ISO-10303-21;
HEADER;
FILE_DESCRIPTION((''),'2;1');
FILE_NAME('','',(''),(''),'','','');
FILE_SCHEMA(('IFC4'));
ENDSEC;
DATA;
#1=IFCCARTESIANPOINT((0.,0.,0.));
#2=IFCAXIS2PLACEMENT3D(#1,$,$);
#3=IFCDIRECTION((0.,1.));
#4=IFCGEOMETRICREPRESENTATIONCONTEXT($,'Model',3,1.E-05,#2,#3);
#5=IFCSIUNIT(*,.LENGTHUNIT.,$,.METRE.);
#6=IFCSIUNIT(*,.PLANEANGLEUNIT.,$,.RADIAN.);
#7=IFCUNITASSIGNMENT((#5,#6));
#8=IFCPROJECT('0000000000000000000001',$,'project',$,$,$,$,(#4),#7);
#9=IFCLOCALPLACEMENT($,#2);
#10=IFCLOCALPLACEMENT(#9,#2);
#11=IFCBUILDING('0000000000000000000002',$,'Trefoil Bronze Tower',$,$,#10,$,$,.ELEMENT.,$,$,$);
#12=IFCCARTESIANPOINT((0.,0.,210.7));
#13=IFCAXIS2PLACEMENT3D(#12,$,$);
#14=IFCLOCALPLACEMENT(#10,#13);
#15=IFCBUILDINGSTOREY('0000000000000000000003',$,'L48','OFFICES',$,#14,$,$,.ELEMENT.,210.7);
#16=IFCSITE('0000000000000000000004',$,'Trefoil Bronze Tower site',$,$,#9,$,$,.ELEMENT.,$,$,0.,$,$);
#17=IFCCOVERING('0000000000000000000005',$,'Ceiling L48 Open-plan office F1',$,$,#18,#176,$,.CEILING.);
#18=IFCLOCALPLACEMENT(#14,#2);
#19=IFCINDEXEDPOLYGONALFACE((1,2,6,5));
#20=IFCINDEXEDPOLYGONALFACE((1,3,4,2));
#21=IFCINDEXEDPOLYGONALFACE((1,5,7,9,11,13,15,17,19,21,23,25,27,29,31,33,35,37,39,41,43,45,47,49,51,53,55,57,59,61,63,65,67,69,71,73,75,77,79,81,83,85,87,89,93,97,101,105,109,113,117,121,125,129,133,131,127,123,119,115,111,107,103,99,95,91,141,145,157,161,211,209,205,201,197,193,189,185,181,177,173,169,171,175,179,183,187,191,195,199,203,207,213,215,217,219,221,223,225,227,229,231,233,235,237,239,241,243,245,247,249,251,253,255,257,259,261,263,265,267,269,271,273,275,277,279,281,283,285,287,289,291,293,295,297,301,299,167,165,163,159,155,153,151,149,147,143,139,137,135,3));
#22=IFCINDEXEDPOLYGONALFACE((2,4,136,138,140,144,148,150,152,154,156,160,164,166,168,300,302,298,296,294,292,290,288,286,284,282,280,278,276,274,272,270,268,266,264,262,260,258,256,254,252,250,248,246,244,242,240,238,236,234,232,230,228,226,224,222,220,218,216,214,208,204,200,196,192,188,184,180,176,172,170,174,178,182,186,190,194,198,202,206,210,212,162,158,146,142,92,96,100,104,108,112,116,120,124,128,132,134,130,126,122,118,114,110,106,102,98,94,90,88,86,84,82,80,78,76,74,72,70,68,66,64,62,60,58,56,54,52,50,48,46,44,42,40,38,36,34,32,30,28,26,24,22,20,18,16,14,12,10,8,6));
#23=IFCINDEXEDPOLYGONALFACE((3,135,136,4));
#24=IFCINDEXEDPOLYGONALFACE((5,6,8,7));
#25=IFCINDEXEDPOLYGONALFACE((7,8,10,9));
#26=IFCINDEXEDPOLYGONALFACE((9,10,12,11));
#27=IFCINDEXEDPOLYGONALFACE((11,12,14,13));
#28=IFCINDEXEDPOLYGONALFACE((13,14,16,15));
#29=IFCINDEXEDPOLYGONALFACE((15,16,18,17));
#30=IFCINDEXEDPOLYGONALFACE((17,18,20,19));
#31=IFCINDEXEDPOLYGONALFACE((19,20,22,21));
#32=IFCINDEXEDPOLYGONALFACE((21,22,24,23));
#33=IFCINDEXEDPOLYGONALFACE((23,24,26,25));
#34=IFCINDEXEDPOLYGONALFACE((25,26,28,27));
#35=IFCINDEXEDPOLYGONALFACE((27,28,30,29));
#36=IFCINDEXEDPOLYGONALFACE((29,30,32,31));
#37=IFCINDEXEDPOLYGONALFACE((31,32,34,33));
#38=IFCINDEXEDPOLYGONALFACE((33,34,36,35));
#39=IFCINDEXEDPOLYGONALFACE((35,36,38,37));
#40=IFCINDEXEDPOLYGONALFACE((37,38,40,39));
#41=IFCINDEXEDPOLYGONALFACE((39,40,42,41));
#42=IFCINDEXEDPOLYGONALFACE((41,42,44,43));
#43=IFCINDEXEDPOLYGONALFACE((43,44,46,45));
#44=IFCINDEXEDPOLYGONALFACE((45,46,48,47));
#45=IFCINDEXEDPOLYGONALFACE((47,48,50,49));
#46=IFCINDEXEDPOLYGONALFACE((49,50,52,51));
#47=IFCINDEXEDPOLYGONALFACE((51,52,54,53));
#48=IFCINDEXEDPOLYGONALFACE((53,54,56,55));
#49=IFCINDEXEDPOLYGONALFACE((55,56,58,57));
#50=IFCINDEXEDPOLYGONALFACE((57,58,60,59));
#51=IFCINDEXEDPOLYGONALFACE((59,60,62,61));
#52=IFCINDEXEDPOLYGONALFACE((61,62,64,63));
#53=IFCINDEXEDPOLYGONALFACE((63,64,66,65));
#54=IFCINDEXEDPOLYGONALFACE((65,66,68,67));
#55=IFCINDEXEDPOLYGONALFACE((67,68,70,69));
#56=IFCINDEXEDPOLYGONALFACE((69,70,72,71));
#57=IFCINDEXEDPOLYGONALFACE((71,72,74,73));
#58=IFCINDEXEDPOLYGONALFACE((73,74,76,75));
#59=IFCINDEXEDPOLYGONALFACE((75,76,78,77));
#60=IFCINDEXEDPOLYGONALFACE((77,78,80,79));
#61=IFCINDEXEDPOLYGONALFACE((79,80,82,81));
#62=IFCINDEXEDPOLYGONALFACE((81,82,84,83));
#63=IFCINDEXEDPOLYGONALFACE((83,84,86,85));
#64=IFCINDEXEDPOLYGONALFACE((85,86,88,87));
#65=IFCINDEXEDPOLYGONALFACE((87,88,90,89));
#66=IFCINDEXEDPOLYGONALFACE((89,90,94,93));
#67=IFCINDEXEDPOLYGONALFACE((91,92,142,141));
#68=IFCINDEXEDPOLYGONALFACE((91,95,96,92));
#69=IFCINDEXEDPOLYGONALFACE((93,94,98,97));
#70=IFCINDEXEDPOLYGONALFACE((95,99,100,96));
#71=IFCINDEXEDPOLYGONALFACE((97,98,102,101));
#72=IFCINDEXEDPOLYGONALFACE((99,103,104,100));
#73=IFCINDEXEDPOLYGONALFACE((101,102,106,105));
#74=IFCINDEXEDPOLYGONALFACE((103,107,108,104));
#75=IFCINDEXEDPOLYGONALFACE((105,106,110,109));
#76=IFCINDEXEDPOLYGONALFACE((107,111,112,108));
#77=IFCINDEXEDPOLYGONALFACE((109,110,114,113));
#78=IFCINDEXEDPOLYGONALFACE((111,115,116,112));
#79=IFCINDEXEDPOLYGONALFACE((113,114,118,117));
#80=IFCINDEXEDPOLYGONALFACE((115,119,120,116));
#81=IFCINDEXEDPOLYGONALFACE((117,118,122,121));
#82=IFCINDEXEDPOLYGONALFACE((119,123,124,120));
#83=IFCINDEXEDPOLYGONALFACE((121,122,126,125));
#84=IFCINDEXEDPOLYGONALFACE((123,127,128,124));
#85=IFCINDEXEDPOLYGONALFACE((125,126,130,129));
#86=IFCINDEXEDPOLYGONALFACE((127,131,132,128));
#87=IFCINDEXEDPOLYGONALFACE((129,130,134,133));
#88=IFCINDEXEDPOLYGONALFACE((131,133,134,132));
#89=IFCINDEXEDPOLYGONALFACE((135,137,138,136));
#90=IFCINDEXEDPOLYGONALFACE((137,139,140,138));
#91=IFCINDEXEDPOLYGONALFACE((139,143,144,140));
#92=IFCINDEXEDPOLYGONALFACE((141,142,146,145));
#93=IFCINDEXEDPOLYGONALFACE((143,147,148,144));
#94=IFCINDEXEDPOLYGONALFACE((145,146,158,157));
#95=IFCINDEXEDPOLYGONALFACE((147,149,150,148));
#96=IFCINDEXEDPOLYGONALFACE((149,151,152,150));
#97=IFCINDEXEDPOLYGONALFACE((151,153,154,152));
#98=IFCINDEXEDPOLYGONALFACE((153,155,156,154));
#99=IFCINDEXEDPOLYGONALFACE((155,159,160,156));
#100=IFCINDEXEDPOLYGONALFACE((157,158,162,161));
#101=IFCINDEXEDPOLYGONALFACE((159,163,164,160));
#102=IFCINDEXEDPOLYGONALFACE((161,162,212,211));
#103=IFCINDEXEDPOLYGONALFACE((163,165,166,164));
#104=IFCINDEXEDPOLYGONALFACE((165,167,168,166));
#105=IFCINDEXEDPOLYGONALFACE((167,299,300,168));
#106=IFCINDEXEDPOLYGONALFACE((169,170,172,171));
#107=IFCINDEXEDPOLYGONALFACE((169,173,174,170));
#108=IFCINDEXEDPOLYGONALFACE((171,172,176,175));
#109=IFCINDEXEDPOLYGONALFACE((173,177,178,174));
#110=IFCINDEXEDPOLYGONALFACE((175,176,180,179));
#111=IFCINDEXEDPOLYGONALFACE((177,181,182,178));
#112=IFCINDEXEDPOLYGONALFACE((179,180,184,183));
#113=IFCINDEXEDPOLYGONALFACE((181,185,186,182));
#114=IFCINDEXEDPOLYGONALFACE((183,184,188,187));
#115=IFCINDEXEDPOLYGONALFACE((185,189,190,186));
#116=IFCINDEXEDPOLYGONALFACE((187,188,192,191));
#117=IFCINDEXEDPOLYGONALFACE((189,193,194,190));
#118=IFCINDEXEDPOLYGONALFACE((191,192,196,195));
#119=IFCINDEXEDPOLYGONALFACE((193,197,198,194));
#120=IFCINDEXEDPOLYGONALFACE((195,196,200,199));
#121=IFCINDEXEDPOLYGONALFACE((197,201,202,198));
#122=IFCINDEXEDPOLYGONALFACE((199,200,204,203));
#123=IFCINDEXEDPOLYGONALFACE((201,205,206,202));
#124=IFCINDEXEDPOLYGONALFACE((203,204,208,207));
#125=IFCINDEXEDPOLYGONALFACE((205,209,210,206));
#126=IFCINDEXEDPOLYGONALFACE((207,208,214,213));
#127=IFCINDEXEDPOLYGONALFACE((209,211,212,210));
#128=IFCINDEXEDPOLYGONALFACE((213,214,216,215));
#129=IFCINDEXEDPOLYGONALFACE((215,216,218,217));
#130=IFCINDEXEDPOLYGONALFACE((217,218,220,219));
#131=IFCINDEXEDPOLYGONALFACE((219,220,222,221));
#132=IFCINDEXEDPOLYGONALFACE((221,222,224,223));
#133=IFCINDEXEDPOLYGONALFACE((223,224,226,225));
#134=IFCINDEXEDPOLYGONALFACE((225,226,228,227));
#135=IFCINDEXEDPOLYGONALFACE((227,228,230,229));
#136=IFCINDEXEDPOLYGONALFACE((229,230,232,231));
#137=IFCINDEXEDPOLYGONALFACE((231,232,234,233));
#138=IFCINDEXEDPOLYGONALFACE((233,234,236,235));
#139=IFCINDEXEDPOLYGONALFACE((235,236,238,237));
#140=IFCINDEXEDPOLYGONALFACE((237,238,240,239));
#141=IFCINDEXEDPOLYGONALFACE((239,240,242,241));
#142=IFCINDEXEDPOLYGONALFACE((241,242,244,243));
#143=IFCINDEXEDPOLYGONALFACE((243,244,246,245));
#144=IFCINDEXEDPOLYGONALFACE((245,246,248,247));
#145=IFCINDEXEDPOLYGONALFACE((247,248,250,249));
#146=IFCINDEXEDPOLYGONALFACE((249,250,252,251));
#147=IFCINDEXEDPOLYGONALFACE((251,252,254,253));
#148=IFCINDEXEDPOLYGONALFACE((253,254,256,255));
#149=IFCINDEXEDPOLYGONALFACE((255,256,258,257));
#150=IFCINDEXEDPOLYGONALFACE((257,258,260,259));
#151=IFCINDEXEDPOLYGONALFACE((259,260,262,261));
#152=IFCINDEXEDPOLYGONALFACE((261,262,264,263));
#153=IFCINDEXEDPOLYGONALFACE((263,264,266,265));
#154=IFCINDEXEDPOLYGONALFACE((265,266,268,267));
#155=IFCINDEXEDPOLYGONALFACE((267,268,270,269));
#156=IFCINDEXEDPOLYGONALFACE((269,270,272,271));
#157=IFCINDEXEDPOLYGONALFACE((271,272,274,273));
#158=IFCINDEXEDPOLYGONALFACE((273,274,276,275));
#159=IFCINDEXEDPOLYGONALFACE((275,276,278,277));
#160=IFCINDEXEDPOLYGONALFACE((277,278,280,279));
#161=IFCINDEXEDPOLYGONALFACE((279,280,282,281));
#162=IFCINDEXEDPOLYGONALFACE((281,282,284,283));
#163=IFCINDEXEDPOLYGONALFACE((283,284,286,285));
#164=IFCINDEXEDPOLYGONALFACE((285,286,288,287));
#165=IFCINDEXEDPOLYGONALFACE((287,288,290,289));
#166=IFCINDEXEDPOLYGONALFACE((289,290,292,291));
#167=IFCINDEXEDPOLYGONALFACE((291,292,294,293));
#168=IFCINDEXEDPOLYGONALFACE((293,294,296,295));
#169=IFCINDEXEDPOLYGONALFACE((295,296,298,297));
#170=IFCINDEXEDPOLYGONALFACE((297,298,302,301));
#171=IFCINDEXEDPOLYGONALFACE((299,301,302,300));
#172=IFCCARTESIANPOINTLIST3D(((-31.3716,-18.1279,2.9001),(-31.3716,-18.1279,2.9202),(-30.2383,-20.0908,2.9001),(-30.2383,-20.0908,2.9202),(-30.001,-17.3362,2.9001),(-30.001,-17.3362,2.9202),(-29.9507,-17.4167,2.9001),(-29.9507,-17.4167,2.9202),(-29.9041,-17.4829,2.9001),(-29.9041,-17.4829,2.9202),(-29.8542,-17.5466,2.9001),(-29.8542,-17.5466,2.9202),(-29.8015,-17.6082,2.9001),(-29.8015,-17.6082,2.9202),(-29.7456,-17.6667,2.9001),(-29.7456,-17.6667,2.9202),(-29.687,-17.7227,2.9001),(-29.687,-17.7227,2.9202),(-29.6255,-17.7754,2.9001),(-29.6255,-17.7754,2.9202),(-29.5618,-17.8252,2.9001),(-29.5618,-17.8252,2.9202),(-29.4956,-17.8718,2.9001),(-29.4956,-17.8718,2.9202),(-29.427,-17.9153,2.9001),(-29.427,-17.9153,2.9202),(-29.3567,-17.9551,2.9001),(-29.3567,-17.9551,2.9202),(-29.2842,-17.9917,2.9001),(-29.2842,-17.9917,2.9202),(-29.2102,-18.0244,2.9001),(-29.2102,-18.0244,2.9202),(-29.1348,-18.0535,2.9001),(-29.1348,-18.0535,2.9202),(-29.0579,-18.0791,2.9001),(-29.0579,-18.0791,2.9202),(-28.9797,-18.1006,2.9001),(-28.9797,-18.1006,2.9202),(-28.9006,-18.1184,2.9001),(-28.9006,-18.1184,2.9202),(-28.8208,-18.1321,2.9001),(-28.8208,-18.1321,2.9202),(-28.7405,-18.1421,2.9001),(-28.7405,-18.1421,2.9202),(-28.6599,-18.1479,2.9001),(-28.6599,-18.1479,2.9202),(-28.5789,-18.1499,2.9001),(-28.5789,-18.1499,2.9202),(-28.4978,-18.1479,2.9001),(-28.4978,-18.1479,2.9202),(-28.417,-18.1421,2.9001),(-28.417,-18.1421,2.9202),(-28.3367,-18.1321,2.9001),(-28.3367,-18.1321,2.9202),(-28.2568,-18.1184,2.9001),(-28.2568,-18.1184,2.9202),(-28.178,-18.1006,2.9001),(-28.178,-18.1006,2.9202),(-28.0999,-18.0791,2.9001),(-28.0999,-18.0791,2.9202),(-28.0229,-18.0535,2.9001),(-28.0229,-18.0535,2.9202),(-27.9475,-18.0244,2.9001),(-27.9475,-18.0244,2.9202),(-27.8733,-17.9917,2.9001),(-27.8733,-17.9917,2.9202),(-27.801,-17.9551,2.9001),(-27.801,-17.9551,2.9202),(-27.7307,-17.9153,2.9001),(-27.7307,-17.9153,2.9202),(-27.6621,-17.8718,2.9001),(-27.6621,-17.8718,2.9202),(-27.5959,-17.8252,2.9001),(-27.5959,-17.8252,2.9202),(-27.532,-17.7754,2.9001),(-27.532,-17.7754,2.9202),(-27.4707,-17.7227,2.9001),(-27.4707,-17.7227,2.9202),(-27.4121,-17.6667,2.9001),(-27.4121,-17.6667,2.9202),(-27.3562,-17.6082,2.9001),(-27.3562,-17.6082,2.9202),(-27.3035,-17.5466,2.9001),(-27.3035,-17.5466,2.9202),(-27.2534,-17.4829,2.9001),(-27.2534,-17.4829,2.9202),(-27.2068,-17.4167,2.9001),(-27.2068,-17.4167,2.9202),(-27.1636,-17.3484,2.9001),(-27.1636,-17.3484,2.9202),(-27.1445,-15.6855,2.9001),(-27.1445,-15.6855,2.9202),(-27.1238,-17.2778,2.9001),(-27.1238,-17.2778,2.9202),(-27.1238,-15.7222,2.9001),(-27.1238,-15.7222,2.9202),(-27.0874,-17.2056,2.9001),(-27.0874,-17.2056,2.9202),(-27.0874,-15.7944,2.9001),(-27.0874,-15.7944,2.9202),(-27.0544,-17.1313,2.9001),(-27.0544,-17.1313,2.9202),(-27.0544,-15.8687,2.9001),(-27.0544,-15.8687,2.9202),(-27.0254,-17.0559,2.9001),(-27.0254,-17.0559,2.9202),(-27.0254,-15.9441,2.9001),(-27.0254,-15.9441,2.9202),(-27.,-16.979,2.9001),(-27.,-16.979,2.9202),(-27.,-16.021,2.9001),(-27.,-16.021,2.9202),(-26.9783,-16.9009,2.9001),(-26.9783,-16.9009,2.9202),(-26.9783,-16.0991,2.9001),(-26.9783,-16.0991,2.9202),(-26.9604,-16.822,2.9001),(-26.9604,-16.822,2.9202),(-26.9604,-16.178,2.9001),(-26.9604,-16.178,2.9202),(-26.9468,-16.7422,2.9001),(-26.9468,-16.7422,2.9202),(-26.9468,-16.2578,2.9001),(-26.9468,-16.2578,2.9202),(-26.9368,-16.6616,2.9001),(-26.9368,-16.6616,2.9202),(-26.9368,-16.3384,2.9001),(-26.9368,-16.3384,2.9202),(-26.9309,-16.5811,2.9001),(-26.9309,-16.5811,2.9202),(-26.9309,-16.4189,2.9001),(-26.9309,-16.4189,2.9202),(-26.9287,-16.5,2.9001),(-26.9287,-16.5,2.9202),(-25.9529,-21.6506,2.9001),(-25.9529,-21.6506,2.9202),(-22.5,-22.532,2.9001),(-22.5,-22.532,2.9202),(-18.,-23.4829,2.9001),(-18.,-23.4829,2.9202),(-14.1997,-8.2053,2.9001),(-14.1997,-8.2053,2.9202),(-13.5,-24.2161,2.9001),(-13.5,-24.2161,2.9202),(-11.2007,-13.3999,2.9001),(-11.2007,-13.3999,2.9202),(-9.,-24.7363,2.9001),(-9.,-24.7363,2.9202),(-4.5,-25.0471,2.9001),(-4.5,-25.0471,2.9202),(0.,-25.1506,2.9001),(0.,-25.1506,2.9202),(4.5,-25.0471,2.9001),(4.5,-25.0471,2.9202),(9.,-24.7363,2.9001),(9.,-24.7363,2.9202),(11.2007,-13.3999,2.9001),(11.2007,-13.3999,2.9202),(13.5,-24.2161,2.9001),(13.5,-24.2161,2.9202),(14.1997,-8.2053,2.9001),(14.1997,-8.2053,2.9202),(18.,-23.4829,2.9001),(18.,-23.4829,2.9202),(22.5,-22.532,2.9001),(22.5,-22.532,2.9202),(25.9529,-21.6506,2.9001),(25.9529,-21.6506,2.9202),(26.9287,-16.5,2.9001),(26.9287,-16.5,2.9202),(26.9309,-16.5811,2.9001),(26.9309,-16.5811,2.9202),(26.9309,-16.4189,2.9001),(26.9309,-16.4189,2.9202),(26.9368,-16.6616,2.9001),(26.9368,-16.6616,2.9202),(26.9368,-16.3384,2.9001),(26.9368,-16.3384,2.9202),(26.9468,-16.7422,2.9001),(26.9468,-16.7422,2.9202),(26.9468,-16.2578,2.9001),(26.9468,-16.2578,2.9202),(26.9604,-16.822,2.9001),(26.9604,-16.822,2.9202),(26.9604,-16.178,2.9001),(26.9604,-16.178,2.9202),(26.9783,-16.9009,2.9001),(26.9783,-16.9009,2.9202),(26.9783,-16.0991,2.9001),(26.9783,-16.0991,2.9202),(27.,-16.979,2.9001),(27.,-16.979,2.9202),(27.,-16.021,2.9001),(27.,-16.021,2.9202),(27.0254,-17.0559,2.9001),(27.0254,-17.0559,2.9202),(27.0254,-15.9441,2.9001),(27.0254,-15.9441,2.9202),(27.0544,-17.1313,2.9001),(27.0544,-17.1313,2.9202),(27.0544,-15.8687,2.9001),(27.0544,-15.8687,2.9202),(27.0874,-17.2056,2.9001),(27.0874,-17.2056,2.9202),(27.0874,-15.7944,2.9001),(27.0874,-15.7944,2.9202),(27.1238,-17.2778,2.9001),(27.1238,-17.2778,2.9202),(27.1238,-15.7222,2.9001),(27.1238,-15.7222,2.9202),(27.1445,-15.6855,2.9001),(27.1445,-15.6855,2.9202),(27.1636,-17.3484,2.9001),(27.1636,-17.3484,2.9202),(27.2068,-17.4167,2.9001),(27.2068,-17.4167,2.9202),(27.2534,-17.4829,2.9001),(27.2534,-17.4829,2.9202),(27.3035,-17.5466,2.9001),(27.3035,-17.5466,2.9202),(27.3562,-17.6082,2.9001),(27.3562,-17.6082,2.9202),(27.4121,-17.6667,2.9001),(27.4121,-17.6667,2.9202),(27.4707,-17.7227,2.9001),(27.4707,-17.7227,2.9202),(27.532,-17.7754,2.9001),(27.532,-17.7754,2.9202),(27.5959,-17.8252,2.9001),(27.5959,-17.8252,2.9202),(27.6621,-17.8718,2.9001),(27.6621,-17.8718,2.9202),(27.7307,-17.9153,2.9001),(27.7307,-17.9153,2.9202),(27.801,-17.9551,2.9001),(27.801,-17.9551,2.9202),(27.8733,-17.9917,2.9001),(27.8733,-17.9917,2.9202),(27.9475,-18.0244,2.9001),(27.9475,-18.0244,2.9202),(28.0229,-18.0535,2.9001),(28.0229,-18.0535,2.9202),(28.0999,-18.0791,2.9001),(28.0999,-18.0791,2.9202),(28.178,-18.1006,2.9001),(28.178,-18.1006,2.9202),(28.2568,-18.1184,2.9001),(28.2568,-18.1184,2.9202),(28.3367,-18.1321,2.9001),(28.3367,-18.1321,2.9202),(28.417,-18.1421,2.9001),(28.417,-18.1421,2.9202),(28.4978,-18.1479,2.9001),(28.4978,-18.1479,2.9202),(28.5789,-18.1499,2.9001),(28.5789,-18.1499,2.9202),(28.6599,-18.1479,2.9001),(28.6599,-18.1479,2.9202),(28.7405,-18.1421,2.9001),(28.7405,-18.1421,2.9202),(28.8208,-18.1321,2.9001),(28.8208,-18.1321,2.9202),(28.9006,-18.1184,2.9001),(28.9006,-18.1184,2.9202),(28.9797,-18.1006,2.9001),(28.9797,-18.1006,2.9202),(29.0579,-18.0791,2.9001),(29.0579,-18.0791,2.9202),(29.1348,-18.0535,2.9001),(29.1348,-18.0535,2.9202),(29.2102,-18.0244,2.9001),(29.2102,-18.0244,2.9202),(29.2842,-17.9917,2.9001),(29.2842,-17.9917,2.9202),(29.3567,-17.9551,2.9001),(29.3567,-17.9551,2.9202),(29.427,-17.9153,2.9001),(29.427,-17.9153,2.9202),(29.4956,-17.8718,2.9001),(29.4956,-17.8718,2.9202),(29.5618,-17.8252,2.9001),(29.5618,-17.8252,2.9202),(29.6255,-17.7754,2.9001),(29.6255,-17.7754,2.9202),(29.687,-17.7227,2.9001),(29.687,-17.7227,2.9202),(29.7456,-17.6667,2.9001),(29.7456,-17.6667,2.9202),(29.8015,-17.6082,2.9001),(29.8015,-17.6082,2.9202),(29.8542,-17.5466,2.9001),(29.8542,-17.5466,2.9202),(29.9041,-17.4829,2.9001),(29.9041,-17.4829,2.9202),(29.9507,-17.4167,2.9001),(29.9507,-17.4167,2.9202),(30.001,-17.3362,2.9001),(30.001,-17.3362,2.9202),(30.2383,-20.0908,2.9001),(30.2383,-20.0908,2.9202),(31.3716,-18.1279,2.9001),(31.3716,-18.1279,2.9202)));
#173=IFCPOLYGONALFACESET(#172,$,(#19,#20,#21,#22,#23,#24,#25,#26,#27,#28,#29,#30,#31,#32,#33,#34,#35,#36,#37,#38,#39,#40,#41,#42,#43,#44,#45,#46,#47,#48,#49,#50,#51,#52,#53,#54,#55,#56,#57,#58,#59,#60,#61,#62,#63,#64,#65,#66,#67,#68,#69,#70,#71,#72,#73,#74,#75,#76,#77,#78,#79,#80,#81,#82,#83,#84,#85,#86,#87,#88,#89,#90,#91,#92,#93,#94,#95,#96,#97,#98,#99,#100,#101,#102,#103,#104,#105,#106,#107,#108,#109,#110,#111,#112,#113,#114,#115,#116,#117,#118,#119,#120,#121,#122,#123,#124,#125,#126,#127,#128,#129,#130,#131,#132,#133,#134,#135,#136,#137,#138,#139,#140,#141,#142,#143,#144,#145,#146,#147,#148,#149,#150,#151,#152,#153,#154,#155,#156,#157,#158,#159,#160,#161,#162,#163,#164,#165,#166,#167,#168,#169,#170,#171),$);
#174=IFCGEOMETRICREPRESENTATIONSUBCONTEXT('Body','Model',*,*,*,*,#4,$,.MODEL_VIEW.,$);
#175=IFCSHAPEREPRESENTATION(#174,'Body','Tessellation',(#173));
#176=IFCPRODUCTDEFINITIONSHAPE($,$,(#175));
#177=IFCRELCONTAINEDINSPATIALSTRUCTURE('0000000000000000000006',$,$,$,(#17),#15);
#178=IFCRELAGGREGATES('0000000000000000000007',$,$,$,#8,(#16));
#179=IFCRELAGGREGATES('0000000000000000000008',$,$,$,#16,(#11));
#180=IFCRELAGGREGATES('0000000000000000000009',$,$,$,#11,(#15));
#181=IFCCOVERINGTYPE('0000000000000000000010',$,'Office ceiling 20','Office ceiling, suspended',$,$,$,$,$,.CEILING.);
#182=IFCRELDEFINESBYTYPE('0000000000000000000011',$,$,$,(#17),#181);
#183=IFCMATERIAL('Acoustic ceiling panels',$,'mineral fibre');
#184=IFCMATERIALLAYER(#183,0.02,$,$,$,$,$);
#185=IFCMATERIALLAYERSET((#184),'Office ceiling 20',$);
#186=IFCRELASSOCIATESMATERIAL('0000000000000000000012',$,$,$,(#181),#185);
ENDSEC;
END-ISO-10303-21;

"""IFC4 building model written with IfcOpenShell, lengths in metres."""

from ifc_helpers import new_model, si_unit, direction, frame, origin, place, context, subcontext, project, spatial, polyline, outline, extrude, material, layer, layer_set, type_object, element, save


model = new_model("IFC4")

# Units and contexts
model_context = context("Model", 3, precision=1e-05, world=origin(), true_north=direction((0.0, 1.0)))
body_context = subcontext(model_context, "Body", "Model", "MODEL_VIEW")
ifc_project = project(units=[si_unit("LENGTHUNIT", "METRE"), si_unit("PLANEANGLEUNIT", "RADIAN")], contexts=[model_context])

# Site, building, storey
site_placement = place(None, origin())
site = spatial("IfcSite", under=ifc_project, at=site_placement, Name="Trefoil Bronze Tower site", CompositionType="ELEMENT", RefElevation=0.0)
building_placement = place(site_placement, origin())
building = spatial("IfcBuilding", under=site, at=building_placement, Name="Trefoil Bronze Tower", CompositionType="ELEMENT")
storey_placement = place(building_placement, frame((0.0, 0.0, 210.7)))
storey = spatial("IfcBuildingStorey", under=building, at=storey_placement, Name="L48", Description="OFFICES", CompositionType="ELEMENT", Elevation=210.7)

# Covering
ifc_material_1 = material(Name="Acoustic ceiling panels", Category="mineral fibre")
ifc_layer_1 = layer(ifc_material_1, 0.02)
ifc_layer_set_1 = layer_set([ifc_layer_1], Name="Office ceiling 20")
covering_type_1 = type_object("IfcCoveringType", Name="Office ceiling 20", Description="Office ceiling, suspended", PredefinedType="CEILING", material=ifc_layer_set_1)
covering_1_placement = place(storey_placement, frame((0.0, 0.0, 2.9001)))
element("IfcCovering", 1, at=covering_1_placement, inside=storey, type_object=covering_type_1, Name="Ceiling L48 Open-plan office F1", PredefinedType="CEILING", context=body_context, shape_type="SweptSolid", body=[
    extrude(outline(polyline([(-29.9507, -17.4167), (-29.9041, -17.4829), (-29.8542, -17.5466), (-29.8015, -17.6082), (-29.7456, -17.6667), (-29.687, -17.7227), (-29.6255, -17.7754), (-29.5618, -17.8252), (-29.4956, -17.8718), (-29.427, -17.9153), (-29.3567, -17.9551), (-29.2842, -17.9917), (-29.2102, -18.0244), (-29.1348, -18.0535), (-29.0579, -18.0791), (-28.9797, -18.1006), (-28.9006, -18.1184), (-28.8208, -18.1321), (-28.7405, -18.1421), (-28.6599, -18.1479), (-28.5789, -18.1499), (-28.4978, -18.1479), (-28.417, -18.1421), (-28.3367, -18.1321), (-28.2568, -18.1184), (-28.178, -18.1006), (-28.0999, -18.0791), (-28.0229, -18.0535), (-27.9475, -18.0244), (-27.8733, -17.9917), (-27.801, -17.9551), (-27.7307, -17.9153), (-27.6621, -17.8718), (-27.5959, -17.8252), (-27.532, -17.7754), (-27.4707, -17.7227), (-27.4121, -17.6667), (-27.3562, -17.6082), (-27.3035, -17.5466), (-27.2534, -17.4829), (-27.2068, -17.4167), (-27.1636, -17.3484), (-27.1238, -17.2778), (-27.0874, -17.2056), (-27.0544, -17.1313), (-27.0254, -17.0559), (-27.0, -16.979), (-26.9783, -16.9009), (-26.9604, -16.822), (-26.9468, -16.7422), (-26.9368, -16.6616), (-26.9309, -16.5811), (-26.9287, -16.5), (-26.9309, -16.4189), (-26.9368, -16.3384), (-26.9468, -16.2578), (-26.9604, -16.178), (-26.9783, -16.0991), (-27.0, -16.021), (-27.0254, -15.9441), (-27.0544, -15.8687), (-27.0874, -15.7944), (-27.1238, -15.7222), (-27.1445, -15.6855), (-14.1997, -8.2053), (-11.2007, -13.3999), (11.2007, -13.3999), (14.1997, -8.2053), (27.1445, -15.6855), (27.1238, -15.7222), (27.0874, -15.7944), (27.0544, -15.8687), (27.0254, -15.9441), (27.0, -16.021), (26.9783, -16.0991), (26.9604, -16.178), (26.9468, -16.2578), (26.9368, -16.3384), (26.9309, -16.4189), (26.9287, -16.5), (26.9309, -16.5811), (26.9368, -16.6616), (26.9468, -16.7422), (26.9604, -16.822), (26.9783, -16.9009), (27.0, -16.979), (27.0254, -17.0559), (27.0544, -17.1313), (27.0874, -17.2056), (27.1238, -17.2778), (27.1636, -17.3484), (27.2068, -17.4167), (27.2534, -17.4829), (27.3035, -17.5466), (27.3562, -17.6082), (27.4121, -17.6667), (27.4707, -17.7227), (27.532, -17.7754), (27.5959, -17.8252), (27.6621, -17.8718), (27.7307, -17.9153), (27.801, -17.9551), (27.8733, -17.9917), (27.9475, -18.0244), (28.0229, -18.0535), (28.0999, -18.0791), (28.178, -18.1006), (28.2568, -18.1184), (28.3367, -18.1321), (28.417, -18.1421), (28.4978, -18.1479), (28.5789, -18.1499), (28.6599, -18.1479), (28.7405, -18.1421), (28.8208, -18.1321), (28.9006, -18.1184), (28.9797, -18.1006), (29.0579, -18.0791), (29.1348, -18.0535), (29.2102, -18.0244), (29.2842, -17.9917), (29.3567, -17.9551), (29.427, -17.9153), (29.4956, -17.8718), (29.5618, -17.8252), (29.6255, -17.7754), (29.687, -17.7227), (29.7456, -17.6667), (29.8015, -17.6082), (29.8542, -17.5466), (29.9041, -17.4829), (29.9507, -17.4167), (30.001, -17.3362), (31.3716, -18.1279), (30.2383, -20.0908), (25.9529, -21.6506), (22.5, -22.532), (18.0, -23.4829), (13.5, -24.2161), (9.0, -24.7363), (4.5, -25.0471), (0.0, -25.1506), (-4.5, -25.0471), (-9.0, -24.7363), (-13.5, -24.2161), (-18.0, -23.4829), (-22.5, -22.532), (-25.9529, -21.6506), (-30.2383, -20.0908), (-31.3716, -18.1279), (-30.001, -17.3362), (-29.9507, -17.4167)])), origin(), (0.0, 0.0, 1.0), 0.02),
])

save(model, "model.ifc")
